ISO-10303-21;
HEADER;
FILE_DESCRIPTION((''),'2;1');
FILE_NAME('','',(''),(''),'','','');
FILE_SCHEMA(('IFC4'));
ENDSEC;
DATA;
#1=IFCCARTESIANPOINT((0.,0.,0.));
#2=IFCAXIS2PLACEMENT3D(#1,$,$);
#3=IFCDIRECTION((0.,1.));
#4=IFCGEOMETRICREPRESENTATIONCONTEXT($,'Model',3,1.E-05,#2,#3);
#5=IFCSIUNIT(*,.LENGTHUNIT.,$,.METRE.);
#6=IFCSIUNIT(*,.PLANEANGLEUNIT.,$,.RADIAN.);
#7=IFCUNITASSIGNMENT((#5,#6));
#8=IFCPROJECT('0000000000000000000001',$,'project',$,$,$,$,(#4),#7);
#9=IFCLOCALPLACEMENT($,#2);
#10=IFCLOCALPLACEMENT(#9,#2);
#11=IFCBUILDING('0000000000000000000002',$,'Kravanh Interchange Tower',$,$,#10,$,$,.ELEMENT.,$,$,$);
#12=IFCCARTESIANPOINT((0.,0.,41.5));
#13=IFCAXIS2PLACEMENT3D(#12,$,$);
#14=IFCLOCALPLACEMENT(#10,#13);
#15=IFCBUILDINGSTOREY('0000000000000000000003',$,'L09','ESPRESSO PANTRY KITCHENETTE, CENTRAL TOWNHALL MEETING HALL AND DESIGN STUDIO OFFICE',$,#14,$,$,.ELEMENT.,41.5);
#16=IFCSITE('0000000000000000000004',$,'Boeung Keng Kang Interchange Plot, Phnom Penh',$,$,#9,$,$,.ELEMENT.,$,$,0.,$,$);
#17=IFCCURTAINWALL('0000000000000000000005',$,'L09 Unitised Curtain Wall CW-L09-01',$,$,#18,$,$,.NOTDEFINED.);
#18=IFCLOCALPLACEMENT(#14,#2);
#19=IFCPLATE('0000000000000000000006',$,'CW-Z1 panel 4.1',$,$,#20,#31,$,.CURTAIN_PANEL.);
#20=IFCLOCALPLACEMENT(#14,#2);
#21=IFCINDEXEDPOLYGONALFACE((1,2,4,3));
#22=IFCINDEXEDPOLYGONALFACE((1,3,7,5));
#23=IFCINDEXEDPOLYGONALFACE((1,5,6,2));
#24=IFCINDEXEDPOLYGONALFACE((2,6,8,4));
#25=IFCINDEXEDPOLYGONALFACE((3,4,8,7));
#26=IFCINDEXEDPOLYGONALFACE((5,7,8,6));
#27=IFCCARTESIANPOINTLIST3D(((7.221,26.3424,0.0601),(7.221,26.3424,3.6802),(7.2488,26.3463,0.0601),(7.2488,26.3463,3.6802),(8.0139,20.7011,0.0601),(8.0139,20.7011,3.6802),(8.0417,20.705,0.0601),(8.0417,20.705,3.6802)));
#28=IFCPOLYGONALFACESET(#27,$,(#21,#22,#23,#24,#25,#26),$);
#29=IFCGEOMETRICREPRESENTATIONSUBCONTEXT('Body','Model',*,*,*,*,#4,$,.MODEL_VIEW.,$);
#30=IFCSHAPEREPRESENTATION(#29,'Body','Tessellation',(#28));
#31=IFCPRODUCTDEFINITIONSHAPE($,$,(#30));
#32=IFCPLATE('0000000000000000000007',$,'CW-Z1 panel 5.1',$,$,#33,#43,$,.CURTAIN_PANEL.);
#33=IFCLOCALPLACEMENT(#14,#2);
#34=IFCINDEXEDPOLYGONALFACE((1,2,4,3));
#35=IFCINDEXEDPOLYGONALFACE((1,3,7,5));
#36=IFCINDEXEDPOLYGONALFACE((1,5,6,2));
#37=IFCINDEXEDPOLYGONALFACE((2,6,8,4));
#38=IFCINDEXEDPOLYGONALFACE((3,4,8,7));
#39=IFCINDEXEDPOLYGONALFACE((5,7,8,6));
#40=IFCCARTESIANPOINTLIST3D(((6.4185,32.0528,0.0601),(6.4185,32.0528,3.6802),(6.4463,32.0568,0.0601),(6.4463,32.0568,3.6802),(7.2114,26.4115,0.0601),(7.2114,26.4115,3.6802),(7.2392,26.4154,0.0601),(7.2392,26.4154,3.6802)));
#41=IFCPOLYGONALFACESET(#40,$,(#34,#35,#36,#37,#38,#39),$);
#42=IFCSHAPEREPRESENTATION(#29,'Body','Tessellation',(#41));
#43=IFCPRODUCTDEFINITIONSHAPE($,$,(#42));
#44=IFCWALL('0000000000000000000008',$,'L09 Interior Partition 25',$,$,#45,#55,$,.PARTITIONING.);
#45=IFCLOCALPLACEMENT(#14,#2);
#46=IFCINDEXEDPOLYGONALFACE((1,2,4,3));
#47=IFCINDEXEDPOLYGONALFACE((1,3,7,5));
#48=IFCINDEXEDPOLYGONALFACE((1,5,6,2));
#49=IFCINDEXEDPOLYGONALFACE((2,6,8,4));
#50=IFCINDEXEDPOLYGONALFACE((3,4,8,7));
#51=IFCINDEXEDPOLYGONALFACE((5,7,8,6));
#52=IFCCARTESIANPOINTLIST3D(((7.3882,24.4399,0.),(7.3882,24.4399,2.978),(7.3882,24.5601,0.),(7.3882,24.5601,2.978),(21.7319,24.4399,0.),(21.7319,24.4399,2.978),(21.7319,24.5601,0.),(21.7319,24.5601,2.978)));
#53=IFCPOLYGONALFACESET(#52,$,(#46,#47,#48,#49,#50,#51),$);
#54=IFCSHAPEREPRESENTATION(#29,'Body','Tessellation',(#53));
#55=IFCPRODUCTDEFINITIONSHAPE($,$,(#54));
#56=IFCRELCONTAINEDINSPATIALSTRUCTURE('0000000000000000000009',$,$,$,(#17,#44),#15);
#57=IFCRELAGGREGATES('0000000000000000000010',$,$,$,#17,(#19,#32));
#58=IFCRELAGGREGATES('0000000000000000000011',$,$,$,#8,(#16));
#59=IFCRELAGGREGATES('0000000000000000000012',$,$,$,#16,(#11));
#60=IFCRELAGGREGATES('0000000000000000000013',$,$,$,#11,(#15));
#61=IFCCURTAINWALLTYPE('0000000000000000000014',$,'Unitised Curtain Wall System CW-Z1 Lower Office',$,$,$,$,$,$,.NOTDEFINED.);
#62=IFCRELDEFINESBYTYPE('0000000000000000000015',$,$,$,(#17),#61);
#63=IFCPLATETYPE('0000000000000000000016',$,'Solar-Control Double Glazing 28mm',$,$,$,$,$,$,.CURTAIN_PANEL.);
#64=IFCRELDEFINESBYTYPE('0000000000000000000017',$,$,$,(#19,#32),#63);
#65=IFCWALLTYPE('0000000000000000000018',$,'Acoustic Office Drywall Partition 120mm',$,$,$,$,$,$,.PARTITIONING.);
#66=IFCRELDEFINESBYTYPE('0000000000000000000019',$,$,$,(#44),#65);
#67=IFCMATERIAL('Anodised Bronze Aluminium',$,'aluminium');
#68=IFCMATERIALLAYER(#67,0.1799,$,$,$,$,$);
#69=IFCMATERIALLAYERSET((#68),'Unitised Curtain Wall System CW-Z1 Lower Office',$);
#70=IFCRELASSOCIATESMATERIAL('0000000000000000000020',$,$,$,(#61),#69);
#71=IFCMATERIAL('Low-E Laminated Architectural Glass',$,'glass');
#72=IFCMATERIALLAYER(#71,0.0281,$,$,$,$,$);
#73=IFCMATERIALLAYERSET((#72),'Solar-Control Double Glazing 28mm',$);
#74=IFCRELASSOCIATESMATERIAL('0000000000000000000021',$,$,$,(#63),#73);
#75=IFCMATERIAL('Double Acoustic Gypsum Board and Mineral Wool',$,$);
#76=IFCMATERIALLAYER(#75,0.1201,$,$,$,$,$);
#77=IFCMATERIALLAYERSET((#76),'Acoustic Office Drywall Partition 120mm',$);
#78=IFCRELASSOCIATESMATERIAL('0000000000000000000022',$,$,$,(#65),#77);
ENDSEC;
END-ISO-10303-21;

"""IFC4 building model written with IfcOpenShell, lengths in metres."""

from ifc_helpers import new_model, si_unit, direction, frame, frame_2d, origin, origin_2d, place, context, subcontext, project, spatial, rectangle, extrude, material, layer, layer_set, type_object, element, aggregate, save


model = new_model("IFC4")

# Units and contexts
model_context = context("Model", 3, precision=1e-05, world=origin(), true_north=direction((0.0, 1.0)))
body_context = subcontext(model_context, "Body", "Model", "MODEL_VIEW")
ifc_project = project(units=[si_unit("LENGTHUNIT", "METRE"), si_unit("PLANEANGLEUNIT", "RADIAN")], contexts=[model_context])

# Site, building, storey
site_placement = place(None, origin())
site = spatial("IfcSite", under=ifc_project, at=site_placement, Name="Boeung Keng Kang Interchange Plot, Phnom Penh", CompositionType="ELEMENT", RefElevation=0.0)
building_placement = place(site_placement, origin())
building = spatial("IfcBuilding", under=site, at=building_placement, Name="Kravanh Interchange Tower", CompositionType="ELEMENT")
storey_placement = place(building_placement, frame((0.0, 0.0, 41.5)))
storey = spatial("IfcBuildingStorey", under=building, at=storey_placement, Name="L09", Description="ESPRESSO PANTRY KITCHENETTE, CENTRAL TOWNHALL MEETING HALL AND DESIGN STUDIO OFFICE", CompositionType="ELEMENT", Elevation=41.5)

# Curtain wall
ifc_material_1 = material(Name="Anodised Bronze Aluminium", Category="aluminium")
ifc_layer_1 = layer(ifc_material_1, 0.1799)
ifc_layer_set_1 = layer_set([ifc_layer_1], Name="Unitised Curtain Wall System CW-Z1 Lower Office")
curtain_wall_type = type_object("IfcCurtainWallType", Name="Unitised Curtain Wall System CW-Z1 Lower Office", PredefinedType="NOTDEFINED", material=ifc_layer_set_1)
curtain_wall_placement = place(storey_placement, origin())
curtain_wall = element("IfcCurtainWall", 1, at=curtain_wall_placement, inside=storey, type_object=curtain_wall_type, Name="L09 Unitised Curtain Wall CW-L09-01", PredefinedType="NOTDEFINED")

# Plates
ifc_material_2 = material(Name="Low-E Laminated Architectural Glass", Category="glass")
ifc_layer_2 = layer(ifc_material_2, 0.0281)
ifc_layer_set_2 = layer_set([ifc_layer_2], Name="Solar-Control Double Glazing 28mm")
plate_type = type_object("IfcPlateType", Name="Solar-Control Double Glazing 28mm", PredefinedType="CURTAIN_PANEL", material=ifc_layer_set_2)
plate_1_placement = place(storey_placement, frame((7.6313, 23.5237, 0.0601), z_axis=(0.0, 0.0, 1.0), x_axis=(-0.139177, 0.990268, 0.0)))
plate_1 = element("IfcPlate", 2, at=plate_1_placement, type_object=plate_type, Name="CW-Z1 panel 4.1", PredefinedType="CURTAIN_PANEL", context=body_context, shape_type="SweptSolid", body=[
    extrude(rectangle(XDim=5.6968, YDim=0.0281, at=origin_2d()), origin(), (0.0, 0.0, 1.0), 3.6201),
])
plate_2_placement = place(storey_placement, frame((6.8289, 29.2341, 0.0601), z_axis=(0.0, 0.0, 1.0), x_axis=(-0.139177, 0.990268, 0.0)))
plate_2 = element("IfcPlate", 3, at=plate_2_placement, type_object=plate_type, Name="CW-Z1 panel 5.1", PredefinedType="CURTAIN_PANEL", context=body_context, shape_type="SweptSolid", body=[
    extrude(rectangle(XDim=5.6968, YDim=0.0281, at=origin_2d()), origin(), (0.0, 0.0, 1.0), 3.6201),
])
aggregate(curtain_wall, [plate_1, plate_2])

# Wall
ifc_material_3 = material(Name="Double Acoustic Gypsum Board and Mineral Wool")
ifc_layer_3 = layer(ifc_material_3, 0.1201)
ifc_layer_set_3 = layer_set([ifc_layer_3], Name="Acoustic Office Drywall Partition 120mm")
wall_type = type_object("IfcWallType", Name="Acoustic Office Drywall Partition 120mm", PredefinedType="PARTITIONING", material=ifc_layer_set_3)
wall_placement = place(storey_placement, frame((7.3882, 24.5, 0.0), z_axis=(0.0, 0.0, 1.0), x_axis=(1.0, 0.0, 0.0)))
element("IfcWall", 4, at=wall_placement, inside=storey, type_object=wall_type, Name="L09 Interior Partition 25", PredefinedType="PARTITIONING", context=body_context, shape_type="SweptSolid", body=[
    extrude(rectangle(XDim=14.3438, YDim=0.1201, at=frame_2d((7.1719, 0.0))), origin(), (0.0, 0.0, 1.0), 2.978),
])

save(model, "model.ifc")
